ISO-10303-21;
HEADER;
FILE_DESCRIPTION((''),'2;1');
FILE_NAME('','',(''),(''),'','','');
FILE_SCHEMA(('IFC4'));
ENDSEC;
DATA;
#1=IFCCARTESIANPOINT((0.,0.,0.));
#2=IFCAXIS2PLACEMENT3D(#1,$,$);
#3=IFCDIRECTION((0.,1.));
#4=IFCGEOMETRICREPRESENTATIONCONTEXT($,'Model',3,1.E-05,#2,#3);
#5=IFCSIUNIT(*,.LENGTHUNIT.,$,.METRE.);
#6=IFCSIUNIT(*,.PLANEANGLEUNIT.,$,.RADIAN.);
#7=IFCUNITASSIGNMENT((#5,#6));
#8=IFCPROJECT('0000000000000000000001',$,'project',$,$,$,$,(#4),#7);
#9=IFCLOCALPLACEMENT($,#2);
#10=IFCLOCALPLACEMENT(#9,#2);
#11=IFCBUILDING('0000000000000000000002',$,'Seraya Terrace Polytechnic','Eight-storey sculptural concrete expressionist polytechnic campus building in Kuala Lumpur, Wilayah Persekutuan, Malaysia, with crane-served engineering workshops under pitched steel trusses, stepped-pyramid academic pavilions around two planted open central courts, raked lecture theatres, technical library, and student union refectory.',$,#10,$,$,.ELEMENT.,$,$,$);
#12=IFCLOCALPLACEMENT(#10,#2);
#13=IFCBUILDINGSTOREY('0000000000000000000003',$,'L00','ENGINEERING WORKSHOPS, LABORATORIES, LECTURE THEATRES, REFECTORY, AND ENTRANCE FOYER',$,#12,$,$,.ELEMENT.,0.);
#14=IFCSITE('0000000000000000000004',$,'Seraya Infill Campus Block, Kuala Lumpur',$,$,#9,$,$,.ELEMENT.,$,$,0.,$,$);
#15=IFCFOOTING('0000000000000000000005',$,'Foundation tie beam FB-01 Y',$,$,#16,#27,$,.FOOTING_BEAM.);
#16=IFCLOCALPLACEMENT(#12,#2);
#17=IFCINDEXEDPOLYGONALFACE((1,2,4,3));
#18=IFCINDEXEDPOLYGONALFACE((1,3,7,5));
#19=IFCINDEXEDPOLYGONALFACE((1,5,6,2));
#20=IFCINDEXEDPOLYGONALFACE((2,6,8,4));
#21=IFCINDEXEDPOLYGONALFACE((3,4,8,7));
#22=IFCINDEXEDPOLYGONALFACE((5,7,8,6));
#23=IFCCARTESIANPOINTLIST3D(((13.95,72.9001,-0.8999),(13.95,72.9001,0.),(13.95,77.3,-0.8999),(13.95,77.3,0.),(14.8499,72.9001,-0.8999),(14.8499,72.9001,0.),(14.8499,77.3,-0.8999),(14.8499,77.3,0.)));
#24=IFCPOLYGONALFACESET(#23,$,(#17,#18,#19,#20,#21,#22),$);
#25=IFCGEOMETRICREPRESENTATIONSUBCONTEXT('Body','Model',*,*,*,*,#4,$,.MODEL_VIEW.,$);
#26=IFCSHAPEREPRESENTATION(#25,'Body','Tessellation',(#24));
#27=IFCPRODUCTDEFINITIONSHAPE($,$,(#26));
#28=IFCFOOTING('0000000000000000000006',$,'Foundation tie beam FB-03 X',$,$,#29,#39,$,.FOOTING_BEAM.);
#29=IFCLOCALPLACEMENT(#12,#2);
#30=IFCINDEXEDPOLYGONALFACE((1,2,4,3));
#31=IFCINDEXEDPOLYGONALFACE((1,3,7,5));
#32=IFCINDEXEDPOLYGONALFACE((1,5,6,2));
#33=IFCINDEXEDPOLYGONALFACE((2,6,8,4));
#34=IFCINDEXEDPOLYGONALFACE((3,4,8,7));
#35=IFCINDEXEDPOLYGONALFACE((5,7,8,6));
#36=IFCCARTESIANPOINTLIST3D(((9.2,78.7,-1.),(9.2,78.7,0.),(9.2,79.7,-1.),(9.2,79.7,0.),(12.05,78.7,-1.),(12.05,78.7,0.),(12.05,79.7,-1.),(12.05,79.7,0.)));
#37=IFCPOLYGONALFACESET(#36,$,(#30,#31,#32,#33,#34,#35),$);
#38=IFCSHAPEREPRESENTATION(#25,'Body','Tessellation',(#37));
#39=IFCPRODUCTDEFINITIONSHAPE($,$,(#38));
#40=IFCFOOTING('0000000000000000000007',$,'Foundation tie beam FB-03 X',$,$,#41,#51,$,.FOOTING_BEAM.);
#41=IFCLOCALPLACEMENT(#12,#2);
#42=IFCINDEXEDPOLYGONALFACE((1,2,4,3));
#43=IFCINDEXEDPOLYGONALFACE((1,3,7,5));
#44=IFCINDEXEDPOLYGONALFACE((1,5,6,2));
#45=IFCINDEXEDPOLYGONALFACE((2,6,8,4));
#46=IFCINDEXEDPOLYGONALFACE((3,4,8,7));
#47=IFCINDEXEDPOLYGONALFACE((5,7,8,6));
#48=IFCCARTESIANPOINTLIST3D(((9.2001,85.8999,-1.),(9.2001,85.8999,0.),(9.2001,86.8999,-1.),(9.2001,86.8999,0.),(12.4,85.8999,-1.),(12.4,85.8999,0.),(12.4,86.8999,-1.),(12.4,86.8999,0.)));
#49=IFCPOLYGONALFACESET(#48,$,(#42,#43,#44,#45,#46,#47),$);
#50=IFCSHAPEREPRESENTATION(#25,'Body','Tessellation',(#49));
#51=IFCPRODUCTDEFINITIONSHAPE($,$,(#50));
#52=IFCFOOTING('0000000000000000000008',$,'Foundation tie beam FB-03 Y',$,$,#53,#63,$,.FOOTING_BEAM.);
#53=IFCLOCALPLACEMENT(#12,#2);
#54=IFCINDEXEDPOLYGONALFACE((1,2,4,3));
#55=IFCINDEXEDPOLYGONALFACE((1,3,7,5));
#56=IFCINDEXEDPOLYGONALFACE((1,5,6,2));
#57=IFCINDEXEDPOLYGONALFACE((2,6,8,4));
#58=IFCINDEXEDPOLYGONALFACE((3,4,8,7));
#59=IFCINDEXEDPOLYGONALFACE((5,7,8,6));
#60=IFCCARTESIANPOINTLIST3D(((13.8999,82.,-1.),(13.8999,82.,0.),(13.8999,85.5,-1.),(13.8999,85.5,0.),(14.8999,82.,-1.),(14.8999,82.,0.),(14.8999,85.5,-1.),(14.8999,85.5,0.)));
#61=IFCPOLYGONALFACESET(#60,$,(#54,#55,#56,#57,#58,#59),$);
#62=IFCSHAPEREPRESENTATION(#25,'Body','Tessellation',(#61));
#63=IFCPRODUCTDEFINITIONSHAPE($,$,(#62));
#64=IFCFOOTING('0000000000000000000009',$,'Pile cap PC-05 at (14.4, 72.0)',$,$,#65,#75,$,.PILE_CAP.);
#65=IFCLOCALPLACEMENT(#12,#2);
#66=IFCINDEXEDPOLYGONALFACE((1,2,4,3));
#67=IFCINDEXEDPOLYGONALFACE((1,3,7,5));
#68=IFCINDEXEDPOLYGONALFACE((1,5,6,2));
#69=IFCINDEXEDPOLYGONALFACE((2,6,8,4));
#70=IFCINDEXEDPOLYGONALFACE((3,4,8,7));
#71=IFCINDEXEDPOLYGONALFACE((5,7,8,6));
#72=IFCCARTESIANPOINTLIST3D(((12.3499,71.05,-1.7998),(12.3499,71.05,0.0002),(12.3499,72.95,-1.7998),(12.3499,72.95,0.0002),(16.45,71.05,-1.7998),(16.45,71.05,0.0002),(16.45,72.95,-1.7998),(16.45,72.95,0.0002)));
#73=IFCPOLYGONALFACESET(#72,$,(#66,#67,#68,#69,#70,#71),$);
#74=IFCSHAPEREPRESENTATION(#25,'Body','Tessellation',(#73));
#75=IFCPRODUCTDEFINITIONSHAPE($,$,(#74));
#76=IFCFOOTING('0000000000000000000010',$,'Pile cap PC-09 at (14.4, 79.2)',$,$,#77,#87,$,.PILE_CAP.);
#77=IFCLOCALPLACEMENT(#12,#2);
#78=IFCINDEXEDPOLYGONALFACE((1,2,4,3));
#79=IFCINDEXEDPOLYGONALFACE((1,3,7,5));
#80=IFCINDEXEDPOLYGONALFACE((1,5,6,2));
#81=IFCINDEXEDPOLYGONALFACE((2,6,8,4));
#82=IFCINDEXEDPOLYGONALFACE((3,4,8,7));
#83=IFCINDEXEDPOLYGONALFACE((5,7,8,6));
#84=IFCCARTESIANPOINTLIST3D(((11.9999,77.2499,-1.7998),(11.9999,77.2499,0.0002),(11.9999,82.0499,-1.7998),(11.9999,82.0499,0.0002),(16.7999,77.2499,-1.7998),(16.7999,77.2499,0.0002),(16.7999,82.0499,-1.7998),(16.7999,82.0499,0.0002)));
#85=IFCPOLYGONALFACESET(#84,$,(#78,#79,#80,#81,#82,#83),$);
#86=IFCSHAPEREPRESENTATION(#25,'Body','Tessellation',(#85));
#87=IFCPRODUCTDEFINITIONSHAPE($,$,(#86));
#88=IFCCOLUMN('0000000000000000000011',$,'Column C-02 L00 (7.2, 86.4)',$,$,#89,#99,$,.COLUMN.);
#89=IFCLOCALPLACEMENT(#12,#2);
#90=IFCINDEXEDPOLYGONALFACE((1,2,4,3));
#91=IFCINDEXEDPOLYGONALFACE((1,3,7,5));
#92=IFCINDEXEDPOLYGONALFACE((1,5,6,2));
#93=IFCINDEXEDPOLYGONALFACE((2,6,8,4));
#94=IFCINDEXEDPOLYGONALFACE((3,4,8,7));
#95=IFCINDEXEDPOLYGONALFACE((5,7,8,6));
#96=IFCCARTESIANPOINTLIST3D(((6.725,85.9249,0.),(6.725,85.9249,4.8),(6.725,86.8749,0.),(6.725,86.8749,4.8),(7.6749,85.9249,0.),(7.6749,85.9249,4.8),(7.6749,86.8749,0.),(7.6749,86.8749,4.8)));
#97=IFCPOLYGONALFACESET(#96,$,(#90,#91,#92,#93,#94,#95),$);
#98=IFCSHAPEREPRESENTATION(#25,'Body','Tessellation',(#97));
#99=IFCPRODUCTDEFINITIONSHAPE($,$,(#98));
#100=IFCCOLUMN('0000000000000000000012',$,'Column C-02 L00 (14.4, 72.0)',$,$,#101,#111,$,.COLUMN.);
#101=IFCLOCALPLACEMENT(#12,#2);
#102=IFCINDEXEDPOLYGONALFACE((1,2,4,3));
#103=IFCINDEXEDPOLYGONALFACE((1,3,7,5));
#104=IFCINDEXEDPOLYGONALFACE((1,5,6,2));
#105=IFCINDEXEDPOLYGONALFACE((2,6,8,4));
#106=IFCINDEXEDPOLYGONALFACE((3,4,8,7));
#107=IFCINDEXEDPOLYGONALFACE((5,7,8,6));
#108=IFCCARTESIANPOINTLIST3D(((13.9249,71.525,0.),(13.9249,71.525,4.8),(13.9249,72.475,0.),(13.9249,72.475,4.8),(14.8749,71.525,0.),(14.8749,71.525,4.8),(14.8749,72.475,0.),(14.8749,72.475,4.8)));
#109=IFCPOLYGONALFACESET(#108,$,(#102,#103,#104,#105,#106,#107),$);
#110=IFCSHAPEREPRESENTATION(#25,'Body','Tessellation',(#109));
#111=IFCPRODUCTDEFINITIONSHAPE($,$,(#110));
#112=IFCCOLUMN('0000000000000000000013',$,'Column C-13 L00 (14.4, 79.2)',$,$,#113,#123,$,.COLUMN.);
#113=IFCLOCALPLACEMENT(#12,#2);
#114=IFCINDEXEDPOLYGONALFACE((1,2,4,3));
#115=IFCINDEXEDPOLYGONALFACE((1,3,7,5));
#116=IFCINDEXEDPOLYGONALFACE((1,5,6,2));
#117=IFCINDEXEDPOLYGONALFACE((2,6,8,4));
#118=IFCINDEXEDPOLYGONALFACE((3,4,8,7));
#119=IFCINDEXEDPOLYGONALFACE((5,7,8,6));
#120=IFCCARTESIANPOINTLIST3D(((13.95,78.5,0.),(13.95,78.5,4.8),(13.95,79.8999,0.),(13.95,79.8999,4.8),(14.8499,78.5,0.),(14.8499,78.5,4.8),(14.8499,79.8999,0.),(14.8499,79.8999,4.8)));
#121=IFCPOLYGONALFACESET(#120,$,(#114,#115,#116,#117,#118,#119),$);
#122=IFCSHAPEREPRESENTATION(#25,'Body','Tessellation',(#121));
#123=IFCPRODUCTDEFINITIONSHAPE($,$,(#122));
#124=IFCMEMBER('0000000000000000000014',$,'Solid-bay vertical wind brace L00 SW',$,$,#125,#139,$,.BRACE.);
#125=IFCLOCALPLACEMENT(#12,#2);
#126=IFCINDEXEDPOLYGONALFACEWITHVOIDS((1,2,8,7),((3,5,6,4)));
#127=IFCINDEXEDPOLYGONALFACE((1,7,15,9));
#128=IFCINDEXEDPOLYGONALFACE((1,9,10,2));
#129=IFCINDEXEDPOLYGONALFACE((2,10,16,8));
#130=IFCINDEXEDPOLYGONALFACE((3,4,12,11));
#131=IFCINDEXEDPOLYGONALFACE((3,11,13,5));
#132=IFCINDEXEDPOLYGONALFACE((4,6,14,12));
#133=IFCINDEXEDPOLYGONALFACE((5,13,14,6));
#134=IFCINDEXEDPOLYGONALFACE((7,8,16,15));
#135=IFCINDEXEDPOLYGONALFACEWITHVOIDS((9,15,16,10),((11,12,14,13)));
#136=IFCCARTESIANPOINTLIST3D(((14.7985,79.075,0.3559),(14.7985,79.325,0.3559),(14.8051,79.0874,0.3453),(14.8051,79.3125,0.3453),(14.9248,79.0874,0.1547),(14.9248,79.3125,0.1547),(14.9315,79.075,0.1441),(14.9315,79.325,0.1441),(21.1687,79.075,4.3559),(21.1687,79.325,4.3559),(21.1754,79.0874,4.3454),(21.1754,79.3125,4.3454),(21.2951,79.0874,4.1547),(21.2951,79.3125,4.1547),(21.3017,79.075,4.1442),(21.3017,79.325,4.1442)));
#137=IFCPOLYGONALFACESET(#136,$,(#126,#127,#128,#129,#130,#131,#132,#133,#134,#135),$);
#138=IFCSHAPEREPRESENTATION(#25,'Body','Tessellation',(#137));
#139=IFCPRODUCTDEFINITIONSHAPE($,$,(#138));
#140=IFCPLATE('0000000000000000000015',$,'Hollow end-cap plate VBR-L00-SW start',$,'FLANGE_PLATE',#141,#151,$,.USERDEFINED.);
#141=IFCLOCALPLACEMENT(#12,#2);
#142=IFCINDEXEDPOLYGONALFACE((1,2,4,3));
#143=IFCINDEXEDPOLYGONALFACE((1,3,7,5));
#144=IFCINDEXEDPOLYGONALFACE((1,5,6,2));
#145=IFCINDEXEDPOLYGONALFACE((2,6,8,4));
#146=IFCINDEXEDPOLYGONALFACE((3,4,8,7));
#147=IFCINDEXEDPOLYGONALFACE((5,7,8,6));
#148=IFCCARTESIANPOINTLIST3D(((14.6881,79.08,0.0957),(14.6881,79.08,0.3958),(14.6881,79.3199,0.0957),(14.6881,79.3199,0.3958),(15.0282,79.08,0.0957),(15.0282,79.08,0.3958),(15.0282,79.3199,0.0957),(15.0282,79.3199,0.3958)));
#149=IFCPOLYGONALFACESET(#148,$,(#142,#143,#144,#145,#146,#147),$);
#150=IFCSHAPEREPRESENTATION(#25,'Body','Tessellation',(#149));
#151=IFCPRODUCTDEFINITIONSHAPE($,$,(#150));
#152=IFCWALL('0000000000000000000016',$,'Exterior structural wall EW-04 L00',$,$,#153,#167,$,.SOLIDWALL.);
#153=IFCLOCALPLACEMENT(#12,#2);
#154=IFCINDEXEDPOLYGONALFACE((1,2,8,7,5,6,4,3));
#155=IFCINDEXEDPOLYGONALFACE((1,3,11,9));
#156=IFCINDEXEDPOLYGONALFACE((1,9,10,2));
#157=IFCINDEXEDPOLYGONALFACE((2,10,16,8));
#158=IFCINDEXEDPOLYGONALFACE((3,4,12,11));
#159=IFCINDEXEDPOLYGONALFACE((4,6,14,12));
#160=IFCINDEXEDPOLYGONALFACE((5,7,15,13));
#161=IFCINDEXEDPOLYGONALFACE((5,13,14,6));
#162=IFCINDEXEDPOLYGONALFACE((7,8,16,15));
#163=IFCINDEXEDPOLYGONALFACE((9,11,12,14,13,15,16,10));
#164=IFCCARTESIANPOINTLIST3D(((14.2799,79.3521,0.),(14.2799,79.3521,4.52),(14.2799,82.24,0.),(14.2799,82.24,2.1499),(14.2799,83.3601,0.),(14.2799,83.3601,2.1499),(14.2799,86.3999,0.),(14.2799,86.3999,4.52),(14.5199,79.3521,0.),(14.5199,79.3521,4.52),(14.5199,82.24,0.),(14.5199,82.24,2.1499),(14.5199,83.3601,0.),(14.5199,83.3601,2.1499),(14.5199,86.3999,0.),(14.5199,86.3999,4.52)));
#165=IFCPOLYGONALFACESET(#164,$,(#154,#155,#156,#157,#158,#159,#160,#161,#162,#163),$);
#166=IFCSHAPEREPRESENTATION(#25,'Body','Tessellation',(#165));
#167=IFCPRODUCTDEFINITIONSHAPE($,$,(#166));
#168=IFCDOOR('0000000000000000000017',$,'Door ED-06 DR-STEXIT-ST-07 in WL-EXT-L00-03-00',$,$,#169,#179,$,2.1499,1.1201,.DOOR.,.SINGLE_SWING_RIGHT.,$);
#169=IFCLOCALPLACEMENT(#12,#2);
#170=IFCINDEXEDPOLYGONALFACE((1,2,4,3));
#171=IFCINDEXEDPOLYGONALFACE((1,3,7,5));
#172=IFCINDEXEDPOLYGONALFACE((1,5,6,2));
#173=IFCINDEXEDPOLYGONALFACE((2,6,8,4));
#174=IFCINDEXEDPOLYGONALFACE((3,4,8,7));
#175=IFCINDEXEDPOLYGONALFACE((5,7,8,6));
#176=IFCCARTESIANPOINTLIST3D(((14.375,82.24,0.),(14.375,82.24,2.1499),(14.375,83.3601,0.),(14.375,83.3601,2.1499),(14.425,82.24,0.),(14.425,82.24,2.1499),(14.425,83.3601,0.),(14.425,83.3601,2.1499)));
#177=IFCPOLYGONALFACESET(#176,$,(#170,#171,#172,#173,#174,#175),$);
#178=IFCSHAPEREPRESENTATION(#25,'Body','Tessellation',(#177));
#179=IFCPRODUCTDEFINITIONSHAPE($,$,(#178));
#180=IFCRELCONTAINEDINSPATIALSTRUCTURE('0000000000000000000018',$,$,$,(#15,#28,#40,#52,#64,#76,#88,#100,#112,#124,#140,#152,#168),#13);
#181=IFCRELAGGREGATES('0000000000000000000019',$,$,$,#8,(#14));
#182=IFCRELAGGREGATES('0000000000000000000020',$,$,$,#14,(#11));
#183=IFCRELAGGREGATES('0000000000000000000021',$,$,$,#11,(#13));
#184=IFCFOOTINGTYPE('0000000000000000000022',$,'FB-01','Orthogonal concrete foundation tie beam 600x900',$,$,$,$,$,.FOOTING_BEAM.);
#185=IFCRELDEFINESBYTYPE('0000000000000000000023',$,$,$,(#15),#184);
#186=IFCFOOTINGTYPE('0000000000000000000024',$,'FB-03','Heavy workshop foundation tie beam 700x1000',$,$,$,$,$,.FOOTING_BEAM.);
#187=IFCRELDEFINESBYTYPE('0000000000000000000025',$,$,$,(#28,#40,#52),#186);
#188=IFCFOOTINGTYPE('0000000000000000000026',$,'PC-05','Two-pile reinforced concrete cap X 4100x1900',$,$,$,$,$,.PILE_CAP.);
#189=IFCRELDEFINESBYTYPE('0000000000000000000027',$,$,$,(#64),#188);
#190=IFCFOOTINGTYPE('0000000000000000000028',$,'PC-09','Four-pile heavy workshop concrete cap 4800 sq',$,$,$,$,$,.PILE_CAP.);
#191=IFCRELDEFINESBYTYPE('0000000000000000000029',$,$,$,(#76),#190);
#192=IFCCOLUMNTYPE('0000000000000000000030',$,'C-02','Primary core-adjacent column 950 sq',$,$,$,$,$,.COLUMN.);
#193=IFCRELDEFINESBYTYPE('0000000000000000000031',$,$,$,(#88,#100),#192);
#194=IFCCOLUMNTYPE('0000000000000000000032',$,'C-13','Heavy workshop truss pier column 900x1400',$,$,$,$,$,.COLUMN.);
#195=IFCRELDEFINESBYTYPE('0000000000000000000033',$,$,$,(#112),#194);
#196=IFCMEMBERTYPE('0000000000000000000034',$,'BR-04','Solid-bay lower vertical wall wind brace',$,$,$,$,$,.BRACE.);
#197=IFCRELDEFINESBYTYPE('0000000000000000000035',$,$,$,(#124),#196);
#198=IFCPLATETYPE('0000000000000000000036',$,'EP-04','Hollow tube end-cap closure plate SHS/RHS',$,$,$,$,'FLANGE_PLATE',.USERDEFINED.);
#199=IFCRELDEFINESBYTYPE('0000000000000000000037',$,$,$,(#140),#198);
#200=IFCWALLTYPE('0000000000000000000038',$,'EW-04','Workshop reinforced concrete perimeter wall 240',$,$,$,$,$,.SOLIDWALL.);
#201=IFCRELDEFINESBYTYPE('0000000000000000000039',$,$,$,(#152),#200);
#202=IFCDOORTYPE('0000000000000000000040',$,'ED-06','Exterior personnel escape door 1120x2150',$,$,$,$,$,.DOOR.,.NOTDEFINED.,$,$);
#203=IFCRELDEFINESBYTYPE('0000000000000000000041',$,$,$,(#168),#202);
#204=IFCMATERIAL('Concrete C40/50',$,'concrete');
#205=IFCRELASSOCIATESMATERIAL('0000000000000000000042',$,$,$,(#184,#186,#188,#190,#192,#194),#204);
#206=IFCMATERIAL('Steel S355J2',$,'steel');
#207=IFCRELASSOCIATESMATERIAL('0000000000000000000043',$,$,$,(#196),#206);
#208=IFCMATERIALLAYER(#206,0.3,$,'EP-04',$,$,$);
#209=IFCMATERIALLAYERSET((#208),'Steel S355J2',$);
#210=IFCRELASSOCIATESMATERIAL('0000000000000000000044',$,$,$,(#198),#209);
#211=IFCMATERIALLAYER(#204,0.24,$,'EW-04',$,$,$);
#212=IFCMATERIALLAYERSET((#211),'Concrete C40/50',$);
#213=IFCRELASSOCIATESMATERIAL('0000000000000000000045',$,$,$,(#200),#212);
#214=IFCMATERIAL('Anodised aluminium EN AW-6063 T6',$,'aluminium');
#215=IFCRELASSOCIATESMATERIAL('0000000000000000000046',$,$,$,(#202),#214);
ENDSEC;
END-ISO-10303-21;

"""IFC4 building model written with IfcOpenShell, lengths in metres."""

from ifc_helpers import new_model, si_unit, direction, frame, frame_2d, origin, origin_2d, place, context, subcontext, project, spatial, rectangle, hollow_rectangle, extrude, material, layer, layer_set, material_profile, profile_set, type_object, element, fill, save


model = new_model("IFC4")

# Units and contexts
model_context = context("Model", 3, precision=1e-05, world=origin(), true_north=direction((0.0, 1.0)))
body_context = subcontext(model_context, "Body", "Model", "MODEL_VIEW")
ifc_project = project(units=[si_unit("LENGTHUNIT", "METRE"), si_unit("PLANEANGLEUNIT", "RADIAN")], contexts=[model_context])

# Site, building, storey
site_placement = place(None, origin())
site = spatial("IfcSite", under=ifc_project, at=site_placement, Name="Seraya Infill Campus Block, Kuala Lumpur", CompositionType="ELEMENT", RefElevation=0.0)
building_placement = place(site_placement, origin())
building = spatial("IfcBuilding", under=site, at=building_placement, Name="Seraya Terrace Polytechnic", Description="Eight-storey sculptural concrete expressionist polytechnic campus building in Kuala Lumpur, Wilayah Persekutuan, Malaysia, with crane-served engineering workshops under pitched steel trusses, stepped-pyramid academic pavilions around two planted open central courts, raked lecture theatres, technical library, and student union refectory.", CompositionType="ELEMENT")
storey_placement = place(building_placement, origin())
storey = spatial("IfcBuildingStorey", under=building, at=storey_placement, Name="L00", Description="ENGINEERING WORKSHOPS, LABORATORIES, LECTURE THEATRES, REFECTORY, AND ENTRANCE FOYER", CompositionType="ELEMENT", Elevation=0.0)

# Shared definitions
ifc_material_1 = material(Name="Concrete C40/50", Category="concrete")

# Footings
footing_type_1 = type_object("IfcFootingType", Name="FB-01", Description="Orthogonal concrete foundation tie beam 600x900", PredefinedType="FOOTING_BEAM", material=ifc_material_1)
footing_1_placement = place(storey_placement, frame((14.3999, 75.1001, -0.8999), z_axis=(0.0, 0.0, 1.0), x_axis=(0.0, 1.0, 0.0)))
element("IfcFooting", 1, at=footing_1_placement, inside=storey, type_object=footing_type_1, Name="Foundation tie beam FB-01 Y", PredefinedType="FOOTING_BEAM", context=body_context, shape_type="SweptSolid", body=[
    extrude(rectangle(XDim=4.3999, YDim=0.8999, at=origin_2d()), origin(), (0.0, 0.0, 1.0), 0.8999),
])
footing_type_2 = type_object("IfcFootingType", Name="FB-03", Description="Heavy workshop foundation tie beam 700x1000", PredefinedType="FOOTING_BEAM", material=ifc_material_1)
footing_2_placement = place(storey_placement, frame((10.625, 79.2, -1.0), z_axis=(0.0, 0.0, 1.0), x_axis=(1.0, 0.0, 0.0)))
element("IfcFooting", 2, at=footing_2_placement, inside=storey, type_object=footing_type_2, Name="Foundation tie beam FB-03 X", PredefinedType="FOOTING_BEAM", context=body_context, shape_type="SweptSolid", body=[
    extrude(rectangle(XDim=2.8501, YDim=1.0, at=origin_2d()), origin(), (0.0, 0.0, 1.0), 1.0),
])
footing_3_placement = place(storey_placement, frame((10.8, 86.3999, -1.0), z_axis=(0.0, 0.0, 1.0), x_axis=(1.0, 0.0, 0.0)))
element("IfcFooting", 3, at=footing_3_placement, inside=storey, type_object=footing_type_2, Name="Foundation tie beam FB-03 X", PredefinedType="FOOTING_BEAM", context=body_context, shape_type="SweptSolid", body=[
    extrude(rectangle(XDim=3.2, YDim=1.0, at=origin_2d()), origin(), (0.0, 0.0, 1.0), 1.0),
])
footing_4_placement = place(storey_placement, frame((14.3999, 83.75, -1.0), z_axis=(0.0, 0.0, 1.0), x_axis=(0.0, 1.0, 0.0)))
element("IfcFooting", 4, at=footing_4_placement, inside=storey, type_object=footing_type_2, Name="Foundation tie beam FB-03 Y", PredefinedType="FOOTING_BEAM", context=body_context, shape_type="SweptSolid", body=[
    extrude(rectangle(XDim=3.5, YDim=1.0, at=origin_2d()), origin(), (0.0, 0.0, 1.0), 1.0),
])
footing_type_3 = type_object("IfcFootingType", Name="PC-05", Description="Two-pile reinforced concrete cap X 4100x1900", PredefinedType="PILE_CAP", material=ifc_material_1)
footing_5_placement = place(storey_placement, frame((14.3999, 72.0, -1.7998), z_axis=(0.0, 0.0, 1.0), x_axis=(1.0, 0.0, 0.0)))
element("IfcFooting", 5, at=footing_5_placement, inside=storey, type_object=footing_type_3, Name="Pile cap PC-05 at (14.4, 72.0)", PredefinedType="PILE_CAP", context=body_context, shape_type="SweptSolid", body=[
    extrude(rectangle(XDim=4.1001, YDim=1.8999, at=origin_2d()), origin(), (0.0, 0.0, 1.0), 1.8),
])
footing_type_4 = type_object("IfcFootingType", Name="PC-09", Description="Four-pile heavy workshop concrete cap 4800 sq", PredefinedType="PILE_CAP", material=ifc_material_1)
footing_6_placement = place(storey_placement, frame((14.3999, 79.6499, -1.7998), z_axis=(0.0, 0.0, 1.0), x_axis=(1.0, 0.0, 0.0)))
element("IfcFooting", 6, at=footing_6_placement, inside=storey, type_object=footing_type_4, Name="Pile cap PC-09 at (14.4, 79.2)", PredefinedType="PILE_CAP", context=body_context, shape_type="SweptSolid", body=[
    extrude(rectangle(XDim=4.8, YDim=4.8, at=origin_2d()), origin(), (0.0, 0.0, 1.0), 1.8),
])

# Columns
ifc_material_profile_1 = material_profile(ifc_material_1, rectangle(XDim=0.95, YDim=0.95, at=origin_2d()), Name="RC 950x950")
ifc_profile_set_1 = profile_set([ifc_material_profile_1], Name="Concrete C40/50")
column_type_1 = type_object("IfcColumnType", Name="C-02", Description="Primary core-adjacent column 950 sq", PredefinedType="COLUMN", material=ifc_profile_set_1)
for number, where, z_axis, x_axis, name in (
    (7, (7.2, 86.3999, 0.0), (0.0, 0.0, 1.0), (1.0, 0.0, 0.0), "Column C-02 L00 (7.2, 86.4)"),
    (8, (14.3999, 72.0, 0.0), (0.0, 0.0, 1.0), (1.0, 0.0, 0.0), "Column C-02 L00 (14.4, 72.0)"),
):
    element("IfcColumn", number, at=place(storey_placement, frame(where, z_axis=z_axis, x_axis=x_axis)), inside=storey, type_object=column_type_1, Name=name, PredefinedType="COLUMN", context=body_context, shape_type="SweptSolid", body=[
        extrude(rectangle(XDim=0.95, YDim=0.95, at=origin_2d()), origin(), (0.0, 0.0, 1.0), 4.8),
    ])
ifc_material_profile_2 = material_profile(ifc_material_1, rectangle(XDim=0.8999, YDim=1.3999, at=origin_2d()), Name="RC 900x1400")
ifc_profile_set_2 = profile_set([ifc_material_profile_2], Name="Concrete C40/50")
column_type_2 = type_object("IfcColumnType", Name="C-13", Description="Heavy workshop truss pier column 900x1400", PredefinedType="COLUMN", material=ifc_profile_set_2)
column_placement = place(storey_placement, frame((14.3999, 79.2, 0.0), z_axis=(0.0, 0.0, 1.0), x_axis=(1.0, 0.0, 0.0)))
element("IfcColumn", 9, at=column_placement, inside=storey, type_object=column_type_2, Name="Column C-13 L00 (14.4, 79.2)", PredefinedType="COLUMN", context=body_context, shape_type="SweptSolid", body=[
    extrude(rectangle(XDim=0.8999, YDim=1.3999, at=origin_2d()), origin(), (0.0, 0.0, 1.0), 4.8),
])

# Member
ifc_material_2 = material(Name="Steel S355J2", Category="steel")
ifc_material_profile_3 = material_profile(ifc_material_2, hollow_rectangle(XDim=0.25, YDim=0.25, WallThickness=0.0125, at=origin_2d()), Name="SHS 250x250x12.5")
ifc_profile_set_3 = profile_set([ifc_material_profile_3], Name="Steel S355J2")
member_type = type_object("IfcMemberType", Name="BR-04", Description="Solid-bay lower vertical wall wind brace", PredefinedType="BRACE", material=ifc_profile_set_3)
member_placement = place(storey_placement, frame((14.865, 79.2, 0.25), z_axis=(0.84688, 0.0, 0.531783), x_axis=(0.0, 1.0, 0.0)))
element("IfcMember", 10, at=member_placement, inside=storey, type_object=member_type, Name="Solid-bay vertical wind brace L00 SW", PredefinedType="BRACE", context=body_context, shape_type="SweptSolid", body=[
    extrude(hollow_rectangle(XDim=0.25, YDim=0.25, WallThickness=0.0125, at=origin_2d()), origin(), (0.0, 0.0, 1.0), 7.522),
])

# Plate
ifc_layer_1 = layer(ifc_material_2, 0.3, Name="EP-04")
ifc_layer_set_1 = layer_set([ifc_layer_1], Name="Steel S355J2")
plate_type = type_object("IfcPlateType", Name="EP-04", Description="Hollow tube end-cap closure plate SHS/RHS", ElementType="FLANGE_PLATE", PredefinedType="USERDEFINED", material=ifc_layer_set_1)
plate_placement = place(storey_placement, frame((14.8582, 79.2, 0.0957), z_axis=(0.0, 0.0, 1.0), x_axis=(1.0, 0.0, 0.0)))
element("IfcPlate", 11, at=plate_placement, inside=storey, type_object=plate_type, Name="Hollow end-cap plate VBR-L00-SW start", ObjectType="FLANGE_PLATE", PredefinedType="USERDEFINED", context=body_context, shape_type="SweptSolid", body=[
    extrude(rectangle(XDim=0.3401, YDim=0.24, at=origin_2d()), origin(), (0.0, 0.0, 1.0), 0.3),
])

# Wall, opening, door
ifc_layer_2 = layer(ifc_material_1, 0.24, Name="EW-04")
ifc_layer_set_2 = layer_set([ifc_layer_2], Name="Concrete C40/50")
wall_type_1 = type_object("IfcWallType", Name="EW-04", Description="Workshop reinforced concrete perimeter wall 240", PredefinedType="SOLIDWALL", material=ifc_layer_set_2)
wall_1_placement = place(storey_placement, frame((14.3999, 79.3521, 0.0), z_axis=(0.0, 0.0, 1.0), x_axis=(0.0, 1.0, 0.0)))
wall_1 = element("IfcWall", 12, at=wall_1_placement, inside=storey, type_object=wall_type_1, Name="Exterior structural wall EW-04 L00", PredefinedType="SOLIDWALL", context=body_context, shape_type="SweptSolid", body=[
    extrude(rectangle(XDim=7.0479, YDim=0.24, at=frame_2d((3.5239, 0.0))), origin(), (0.0, 0.0, 1.0), 4.52),
])
opening_1_placement = place(wall_1_placement, frame((2.8879, 0.0, 0.0)))
opening_1 = element("IfcOpeningElement", 13, at=opening_1_placement, cuts=wall_1, PredefinedType="OPENING", context=body_context, shape_type="SweptSolid", body=[
    extrude(rectangle(XDim=1.1201, YDim=2.1499, at=frame_2d((0.5601, 1.075))), frame((0.0, 0.1318, 0.0), z_axis=(0.0, -1.0, 0.0), x_axis=(1.0, 0.0, 0.0)), (0.0, 0.0, 1.0), 0.2639),
])
ifc_material_3 = material(Name="Anodised aluminium EN AW-6063 T6", Category="aluminium")
door_type_1 = type_object("IfcDoorType", Name="ED-06", Description="Exterior personnel escape door 1120x2150", OperationType="NOTDEFINED", PredefinedType="DOOR", material=ifc_material_3)
door_1_placement = place(opening_1_placement, origin())
door_1 = element("IfcDoor", 14, at=door_1_placement, inside=storey, type_object=door_type_1, Name="Door ED-06 DR-STEXIT-ST-07 in WL-EXT-L00-03-00", OperationType="SINGLE_SWING_RIGHT", OverallHeight=2.1499, OverallWidth=1.1201, PredefinedType="DOOR", context=body_context, shape_type="SweptSolid", body=[
    extrude(rectangle(XDim=1.1201, YDim=2.1499, at=frame_2d((0.5601, 1.075))), frame((0.0, 0.0249, 0.0), z_axis=(0.0, -1.0, 0.0), x_axis=(1.0, 0.0, 0.0)), (0.0, 0.0, 1.0), 0.05),
])
fill(opening_1, door_1)

save(model, "model.ifc")
